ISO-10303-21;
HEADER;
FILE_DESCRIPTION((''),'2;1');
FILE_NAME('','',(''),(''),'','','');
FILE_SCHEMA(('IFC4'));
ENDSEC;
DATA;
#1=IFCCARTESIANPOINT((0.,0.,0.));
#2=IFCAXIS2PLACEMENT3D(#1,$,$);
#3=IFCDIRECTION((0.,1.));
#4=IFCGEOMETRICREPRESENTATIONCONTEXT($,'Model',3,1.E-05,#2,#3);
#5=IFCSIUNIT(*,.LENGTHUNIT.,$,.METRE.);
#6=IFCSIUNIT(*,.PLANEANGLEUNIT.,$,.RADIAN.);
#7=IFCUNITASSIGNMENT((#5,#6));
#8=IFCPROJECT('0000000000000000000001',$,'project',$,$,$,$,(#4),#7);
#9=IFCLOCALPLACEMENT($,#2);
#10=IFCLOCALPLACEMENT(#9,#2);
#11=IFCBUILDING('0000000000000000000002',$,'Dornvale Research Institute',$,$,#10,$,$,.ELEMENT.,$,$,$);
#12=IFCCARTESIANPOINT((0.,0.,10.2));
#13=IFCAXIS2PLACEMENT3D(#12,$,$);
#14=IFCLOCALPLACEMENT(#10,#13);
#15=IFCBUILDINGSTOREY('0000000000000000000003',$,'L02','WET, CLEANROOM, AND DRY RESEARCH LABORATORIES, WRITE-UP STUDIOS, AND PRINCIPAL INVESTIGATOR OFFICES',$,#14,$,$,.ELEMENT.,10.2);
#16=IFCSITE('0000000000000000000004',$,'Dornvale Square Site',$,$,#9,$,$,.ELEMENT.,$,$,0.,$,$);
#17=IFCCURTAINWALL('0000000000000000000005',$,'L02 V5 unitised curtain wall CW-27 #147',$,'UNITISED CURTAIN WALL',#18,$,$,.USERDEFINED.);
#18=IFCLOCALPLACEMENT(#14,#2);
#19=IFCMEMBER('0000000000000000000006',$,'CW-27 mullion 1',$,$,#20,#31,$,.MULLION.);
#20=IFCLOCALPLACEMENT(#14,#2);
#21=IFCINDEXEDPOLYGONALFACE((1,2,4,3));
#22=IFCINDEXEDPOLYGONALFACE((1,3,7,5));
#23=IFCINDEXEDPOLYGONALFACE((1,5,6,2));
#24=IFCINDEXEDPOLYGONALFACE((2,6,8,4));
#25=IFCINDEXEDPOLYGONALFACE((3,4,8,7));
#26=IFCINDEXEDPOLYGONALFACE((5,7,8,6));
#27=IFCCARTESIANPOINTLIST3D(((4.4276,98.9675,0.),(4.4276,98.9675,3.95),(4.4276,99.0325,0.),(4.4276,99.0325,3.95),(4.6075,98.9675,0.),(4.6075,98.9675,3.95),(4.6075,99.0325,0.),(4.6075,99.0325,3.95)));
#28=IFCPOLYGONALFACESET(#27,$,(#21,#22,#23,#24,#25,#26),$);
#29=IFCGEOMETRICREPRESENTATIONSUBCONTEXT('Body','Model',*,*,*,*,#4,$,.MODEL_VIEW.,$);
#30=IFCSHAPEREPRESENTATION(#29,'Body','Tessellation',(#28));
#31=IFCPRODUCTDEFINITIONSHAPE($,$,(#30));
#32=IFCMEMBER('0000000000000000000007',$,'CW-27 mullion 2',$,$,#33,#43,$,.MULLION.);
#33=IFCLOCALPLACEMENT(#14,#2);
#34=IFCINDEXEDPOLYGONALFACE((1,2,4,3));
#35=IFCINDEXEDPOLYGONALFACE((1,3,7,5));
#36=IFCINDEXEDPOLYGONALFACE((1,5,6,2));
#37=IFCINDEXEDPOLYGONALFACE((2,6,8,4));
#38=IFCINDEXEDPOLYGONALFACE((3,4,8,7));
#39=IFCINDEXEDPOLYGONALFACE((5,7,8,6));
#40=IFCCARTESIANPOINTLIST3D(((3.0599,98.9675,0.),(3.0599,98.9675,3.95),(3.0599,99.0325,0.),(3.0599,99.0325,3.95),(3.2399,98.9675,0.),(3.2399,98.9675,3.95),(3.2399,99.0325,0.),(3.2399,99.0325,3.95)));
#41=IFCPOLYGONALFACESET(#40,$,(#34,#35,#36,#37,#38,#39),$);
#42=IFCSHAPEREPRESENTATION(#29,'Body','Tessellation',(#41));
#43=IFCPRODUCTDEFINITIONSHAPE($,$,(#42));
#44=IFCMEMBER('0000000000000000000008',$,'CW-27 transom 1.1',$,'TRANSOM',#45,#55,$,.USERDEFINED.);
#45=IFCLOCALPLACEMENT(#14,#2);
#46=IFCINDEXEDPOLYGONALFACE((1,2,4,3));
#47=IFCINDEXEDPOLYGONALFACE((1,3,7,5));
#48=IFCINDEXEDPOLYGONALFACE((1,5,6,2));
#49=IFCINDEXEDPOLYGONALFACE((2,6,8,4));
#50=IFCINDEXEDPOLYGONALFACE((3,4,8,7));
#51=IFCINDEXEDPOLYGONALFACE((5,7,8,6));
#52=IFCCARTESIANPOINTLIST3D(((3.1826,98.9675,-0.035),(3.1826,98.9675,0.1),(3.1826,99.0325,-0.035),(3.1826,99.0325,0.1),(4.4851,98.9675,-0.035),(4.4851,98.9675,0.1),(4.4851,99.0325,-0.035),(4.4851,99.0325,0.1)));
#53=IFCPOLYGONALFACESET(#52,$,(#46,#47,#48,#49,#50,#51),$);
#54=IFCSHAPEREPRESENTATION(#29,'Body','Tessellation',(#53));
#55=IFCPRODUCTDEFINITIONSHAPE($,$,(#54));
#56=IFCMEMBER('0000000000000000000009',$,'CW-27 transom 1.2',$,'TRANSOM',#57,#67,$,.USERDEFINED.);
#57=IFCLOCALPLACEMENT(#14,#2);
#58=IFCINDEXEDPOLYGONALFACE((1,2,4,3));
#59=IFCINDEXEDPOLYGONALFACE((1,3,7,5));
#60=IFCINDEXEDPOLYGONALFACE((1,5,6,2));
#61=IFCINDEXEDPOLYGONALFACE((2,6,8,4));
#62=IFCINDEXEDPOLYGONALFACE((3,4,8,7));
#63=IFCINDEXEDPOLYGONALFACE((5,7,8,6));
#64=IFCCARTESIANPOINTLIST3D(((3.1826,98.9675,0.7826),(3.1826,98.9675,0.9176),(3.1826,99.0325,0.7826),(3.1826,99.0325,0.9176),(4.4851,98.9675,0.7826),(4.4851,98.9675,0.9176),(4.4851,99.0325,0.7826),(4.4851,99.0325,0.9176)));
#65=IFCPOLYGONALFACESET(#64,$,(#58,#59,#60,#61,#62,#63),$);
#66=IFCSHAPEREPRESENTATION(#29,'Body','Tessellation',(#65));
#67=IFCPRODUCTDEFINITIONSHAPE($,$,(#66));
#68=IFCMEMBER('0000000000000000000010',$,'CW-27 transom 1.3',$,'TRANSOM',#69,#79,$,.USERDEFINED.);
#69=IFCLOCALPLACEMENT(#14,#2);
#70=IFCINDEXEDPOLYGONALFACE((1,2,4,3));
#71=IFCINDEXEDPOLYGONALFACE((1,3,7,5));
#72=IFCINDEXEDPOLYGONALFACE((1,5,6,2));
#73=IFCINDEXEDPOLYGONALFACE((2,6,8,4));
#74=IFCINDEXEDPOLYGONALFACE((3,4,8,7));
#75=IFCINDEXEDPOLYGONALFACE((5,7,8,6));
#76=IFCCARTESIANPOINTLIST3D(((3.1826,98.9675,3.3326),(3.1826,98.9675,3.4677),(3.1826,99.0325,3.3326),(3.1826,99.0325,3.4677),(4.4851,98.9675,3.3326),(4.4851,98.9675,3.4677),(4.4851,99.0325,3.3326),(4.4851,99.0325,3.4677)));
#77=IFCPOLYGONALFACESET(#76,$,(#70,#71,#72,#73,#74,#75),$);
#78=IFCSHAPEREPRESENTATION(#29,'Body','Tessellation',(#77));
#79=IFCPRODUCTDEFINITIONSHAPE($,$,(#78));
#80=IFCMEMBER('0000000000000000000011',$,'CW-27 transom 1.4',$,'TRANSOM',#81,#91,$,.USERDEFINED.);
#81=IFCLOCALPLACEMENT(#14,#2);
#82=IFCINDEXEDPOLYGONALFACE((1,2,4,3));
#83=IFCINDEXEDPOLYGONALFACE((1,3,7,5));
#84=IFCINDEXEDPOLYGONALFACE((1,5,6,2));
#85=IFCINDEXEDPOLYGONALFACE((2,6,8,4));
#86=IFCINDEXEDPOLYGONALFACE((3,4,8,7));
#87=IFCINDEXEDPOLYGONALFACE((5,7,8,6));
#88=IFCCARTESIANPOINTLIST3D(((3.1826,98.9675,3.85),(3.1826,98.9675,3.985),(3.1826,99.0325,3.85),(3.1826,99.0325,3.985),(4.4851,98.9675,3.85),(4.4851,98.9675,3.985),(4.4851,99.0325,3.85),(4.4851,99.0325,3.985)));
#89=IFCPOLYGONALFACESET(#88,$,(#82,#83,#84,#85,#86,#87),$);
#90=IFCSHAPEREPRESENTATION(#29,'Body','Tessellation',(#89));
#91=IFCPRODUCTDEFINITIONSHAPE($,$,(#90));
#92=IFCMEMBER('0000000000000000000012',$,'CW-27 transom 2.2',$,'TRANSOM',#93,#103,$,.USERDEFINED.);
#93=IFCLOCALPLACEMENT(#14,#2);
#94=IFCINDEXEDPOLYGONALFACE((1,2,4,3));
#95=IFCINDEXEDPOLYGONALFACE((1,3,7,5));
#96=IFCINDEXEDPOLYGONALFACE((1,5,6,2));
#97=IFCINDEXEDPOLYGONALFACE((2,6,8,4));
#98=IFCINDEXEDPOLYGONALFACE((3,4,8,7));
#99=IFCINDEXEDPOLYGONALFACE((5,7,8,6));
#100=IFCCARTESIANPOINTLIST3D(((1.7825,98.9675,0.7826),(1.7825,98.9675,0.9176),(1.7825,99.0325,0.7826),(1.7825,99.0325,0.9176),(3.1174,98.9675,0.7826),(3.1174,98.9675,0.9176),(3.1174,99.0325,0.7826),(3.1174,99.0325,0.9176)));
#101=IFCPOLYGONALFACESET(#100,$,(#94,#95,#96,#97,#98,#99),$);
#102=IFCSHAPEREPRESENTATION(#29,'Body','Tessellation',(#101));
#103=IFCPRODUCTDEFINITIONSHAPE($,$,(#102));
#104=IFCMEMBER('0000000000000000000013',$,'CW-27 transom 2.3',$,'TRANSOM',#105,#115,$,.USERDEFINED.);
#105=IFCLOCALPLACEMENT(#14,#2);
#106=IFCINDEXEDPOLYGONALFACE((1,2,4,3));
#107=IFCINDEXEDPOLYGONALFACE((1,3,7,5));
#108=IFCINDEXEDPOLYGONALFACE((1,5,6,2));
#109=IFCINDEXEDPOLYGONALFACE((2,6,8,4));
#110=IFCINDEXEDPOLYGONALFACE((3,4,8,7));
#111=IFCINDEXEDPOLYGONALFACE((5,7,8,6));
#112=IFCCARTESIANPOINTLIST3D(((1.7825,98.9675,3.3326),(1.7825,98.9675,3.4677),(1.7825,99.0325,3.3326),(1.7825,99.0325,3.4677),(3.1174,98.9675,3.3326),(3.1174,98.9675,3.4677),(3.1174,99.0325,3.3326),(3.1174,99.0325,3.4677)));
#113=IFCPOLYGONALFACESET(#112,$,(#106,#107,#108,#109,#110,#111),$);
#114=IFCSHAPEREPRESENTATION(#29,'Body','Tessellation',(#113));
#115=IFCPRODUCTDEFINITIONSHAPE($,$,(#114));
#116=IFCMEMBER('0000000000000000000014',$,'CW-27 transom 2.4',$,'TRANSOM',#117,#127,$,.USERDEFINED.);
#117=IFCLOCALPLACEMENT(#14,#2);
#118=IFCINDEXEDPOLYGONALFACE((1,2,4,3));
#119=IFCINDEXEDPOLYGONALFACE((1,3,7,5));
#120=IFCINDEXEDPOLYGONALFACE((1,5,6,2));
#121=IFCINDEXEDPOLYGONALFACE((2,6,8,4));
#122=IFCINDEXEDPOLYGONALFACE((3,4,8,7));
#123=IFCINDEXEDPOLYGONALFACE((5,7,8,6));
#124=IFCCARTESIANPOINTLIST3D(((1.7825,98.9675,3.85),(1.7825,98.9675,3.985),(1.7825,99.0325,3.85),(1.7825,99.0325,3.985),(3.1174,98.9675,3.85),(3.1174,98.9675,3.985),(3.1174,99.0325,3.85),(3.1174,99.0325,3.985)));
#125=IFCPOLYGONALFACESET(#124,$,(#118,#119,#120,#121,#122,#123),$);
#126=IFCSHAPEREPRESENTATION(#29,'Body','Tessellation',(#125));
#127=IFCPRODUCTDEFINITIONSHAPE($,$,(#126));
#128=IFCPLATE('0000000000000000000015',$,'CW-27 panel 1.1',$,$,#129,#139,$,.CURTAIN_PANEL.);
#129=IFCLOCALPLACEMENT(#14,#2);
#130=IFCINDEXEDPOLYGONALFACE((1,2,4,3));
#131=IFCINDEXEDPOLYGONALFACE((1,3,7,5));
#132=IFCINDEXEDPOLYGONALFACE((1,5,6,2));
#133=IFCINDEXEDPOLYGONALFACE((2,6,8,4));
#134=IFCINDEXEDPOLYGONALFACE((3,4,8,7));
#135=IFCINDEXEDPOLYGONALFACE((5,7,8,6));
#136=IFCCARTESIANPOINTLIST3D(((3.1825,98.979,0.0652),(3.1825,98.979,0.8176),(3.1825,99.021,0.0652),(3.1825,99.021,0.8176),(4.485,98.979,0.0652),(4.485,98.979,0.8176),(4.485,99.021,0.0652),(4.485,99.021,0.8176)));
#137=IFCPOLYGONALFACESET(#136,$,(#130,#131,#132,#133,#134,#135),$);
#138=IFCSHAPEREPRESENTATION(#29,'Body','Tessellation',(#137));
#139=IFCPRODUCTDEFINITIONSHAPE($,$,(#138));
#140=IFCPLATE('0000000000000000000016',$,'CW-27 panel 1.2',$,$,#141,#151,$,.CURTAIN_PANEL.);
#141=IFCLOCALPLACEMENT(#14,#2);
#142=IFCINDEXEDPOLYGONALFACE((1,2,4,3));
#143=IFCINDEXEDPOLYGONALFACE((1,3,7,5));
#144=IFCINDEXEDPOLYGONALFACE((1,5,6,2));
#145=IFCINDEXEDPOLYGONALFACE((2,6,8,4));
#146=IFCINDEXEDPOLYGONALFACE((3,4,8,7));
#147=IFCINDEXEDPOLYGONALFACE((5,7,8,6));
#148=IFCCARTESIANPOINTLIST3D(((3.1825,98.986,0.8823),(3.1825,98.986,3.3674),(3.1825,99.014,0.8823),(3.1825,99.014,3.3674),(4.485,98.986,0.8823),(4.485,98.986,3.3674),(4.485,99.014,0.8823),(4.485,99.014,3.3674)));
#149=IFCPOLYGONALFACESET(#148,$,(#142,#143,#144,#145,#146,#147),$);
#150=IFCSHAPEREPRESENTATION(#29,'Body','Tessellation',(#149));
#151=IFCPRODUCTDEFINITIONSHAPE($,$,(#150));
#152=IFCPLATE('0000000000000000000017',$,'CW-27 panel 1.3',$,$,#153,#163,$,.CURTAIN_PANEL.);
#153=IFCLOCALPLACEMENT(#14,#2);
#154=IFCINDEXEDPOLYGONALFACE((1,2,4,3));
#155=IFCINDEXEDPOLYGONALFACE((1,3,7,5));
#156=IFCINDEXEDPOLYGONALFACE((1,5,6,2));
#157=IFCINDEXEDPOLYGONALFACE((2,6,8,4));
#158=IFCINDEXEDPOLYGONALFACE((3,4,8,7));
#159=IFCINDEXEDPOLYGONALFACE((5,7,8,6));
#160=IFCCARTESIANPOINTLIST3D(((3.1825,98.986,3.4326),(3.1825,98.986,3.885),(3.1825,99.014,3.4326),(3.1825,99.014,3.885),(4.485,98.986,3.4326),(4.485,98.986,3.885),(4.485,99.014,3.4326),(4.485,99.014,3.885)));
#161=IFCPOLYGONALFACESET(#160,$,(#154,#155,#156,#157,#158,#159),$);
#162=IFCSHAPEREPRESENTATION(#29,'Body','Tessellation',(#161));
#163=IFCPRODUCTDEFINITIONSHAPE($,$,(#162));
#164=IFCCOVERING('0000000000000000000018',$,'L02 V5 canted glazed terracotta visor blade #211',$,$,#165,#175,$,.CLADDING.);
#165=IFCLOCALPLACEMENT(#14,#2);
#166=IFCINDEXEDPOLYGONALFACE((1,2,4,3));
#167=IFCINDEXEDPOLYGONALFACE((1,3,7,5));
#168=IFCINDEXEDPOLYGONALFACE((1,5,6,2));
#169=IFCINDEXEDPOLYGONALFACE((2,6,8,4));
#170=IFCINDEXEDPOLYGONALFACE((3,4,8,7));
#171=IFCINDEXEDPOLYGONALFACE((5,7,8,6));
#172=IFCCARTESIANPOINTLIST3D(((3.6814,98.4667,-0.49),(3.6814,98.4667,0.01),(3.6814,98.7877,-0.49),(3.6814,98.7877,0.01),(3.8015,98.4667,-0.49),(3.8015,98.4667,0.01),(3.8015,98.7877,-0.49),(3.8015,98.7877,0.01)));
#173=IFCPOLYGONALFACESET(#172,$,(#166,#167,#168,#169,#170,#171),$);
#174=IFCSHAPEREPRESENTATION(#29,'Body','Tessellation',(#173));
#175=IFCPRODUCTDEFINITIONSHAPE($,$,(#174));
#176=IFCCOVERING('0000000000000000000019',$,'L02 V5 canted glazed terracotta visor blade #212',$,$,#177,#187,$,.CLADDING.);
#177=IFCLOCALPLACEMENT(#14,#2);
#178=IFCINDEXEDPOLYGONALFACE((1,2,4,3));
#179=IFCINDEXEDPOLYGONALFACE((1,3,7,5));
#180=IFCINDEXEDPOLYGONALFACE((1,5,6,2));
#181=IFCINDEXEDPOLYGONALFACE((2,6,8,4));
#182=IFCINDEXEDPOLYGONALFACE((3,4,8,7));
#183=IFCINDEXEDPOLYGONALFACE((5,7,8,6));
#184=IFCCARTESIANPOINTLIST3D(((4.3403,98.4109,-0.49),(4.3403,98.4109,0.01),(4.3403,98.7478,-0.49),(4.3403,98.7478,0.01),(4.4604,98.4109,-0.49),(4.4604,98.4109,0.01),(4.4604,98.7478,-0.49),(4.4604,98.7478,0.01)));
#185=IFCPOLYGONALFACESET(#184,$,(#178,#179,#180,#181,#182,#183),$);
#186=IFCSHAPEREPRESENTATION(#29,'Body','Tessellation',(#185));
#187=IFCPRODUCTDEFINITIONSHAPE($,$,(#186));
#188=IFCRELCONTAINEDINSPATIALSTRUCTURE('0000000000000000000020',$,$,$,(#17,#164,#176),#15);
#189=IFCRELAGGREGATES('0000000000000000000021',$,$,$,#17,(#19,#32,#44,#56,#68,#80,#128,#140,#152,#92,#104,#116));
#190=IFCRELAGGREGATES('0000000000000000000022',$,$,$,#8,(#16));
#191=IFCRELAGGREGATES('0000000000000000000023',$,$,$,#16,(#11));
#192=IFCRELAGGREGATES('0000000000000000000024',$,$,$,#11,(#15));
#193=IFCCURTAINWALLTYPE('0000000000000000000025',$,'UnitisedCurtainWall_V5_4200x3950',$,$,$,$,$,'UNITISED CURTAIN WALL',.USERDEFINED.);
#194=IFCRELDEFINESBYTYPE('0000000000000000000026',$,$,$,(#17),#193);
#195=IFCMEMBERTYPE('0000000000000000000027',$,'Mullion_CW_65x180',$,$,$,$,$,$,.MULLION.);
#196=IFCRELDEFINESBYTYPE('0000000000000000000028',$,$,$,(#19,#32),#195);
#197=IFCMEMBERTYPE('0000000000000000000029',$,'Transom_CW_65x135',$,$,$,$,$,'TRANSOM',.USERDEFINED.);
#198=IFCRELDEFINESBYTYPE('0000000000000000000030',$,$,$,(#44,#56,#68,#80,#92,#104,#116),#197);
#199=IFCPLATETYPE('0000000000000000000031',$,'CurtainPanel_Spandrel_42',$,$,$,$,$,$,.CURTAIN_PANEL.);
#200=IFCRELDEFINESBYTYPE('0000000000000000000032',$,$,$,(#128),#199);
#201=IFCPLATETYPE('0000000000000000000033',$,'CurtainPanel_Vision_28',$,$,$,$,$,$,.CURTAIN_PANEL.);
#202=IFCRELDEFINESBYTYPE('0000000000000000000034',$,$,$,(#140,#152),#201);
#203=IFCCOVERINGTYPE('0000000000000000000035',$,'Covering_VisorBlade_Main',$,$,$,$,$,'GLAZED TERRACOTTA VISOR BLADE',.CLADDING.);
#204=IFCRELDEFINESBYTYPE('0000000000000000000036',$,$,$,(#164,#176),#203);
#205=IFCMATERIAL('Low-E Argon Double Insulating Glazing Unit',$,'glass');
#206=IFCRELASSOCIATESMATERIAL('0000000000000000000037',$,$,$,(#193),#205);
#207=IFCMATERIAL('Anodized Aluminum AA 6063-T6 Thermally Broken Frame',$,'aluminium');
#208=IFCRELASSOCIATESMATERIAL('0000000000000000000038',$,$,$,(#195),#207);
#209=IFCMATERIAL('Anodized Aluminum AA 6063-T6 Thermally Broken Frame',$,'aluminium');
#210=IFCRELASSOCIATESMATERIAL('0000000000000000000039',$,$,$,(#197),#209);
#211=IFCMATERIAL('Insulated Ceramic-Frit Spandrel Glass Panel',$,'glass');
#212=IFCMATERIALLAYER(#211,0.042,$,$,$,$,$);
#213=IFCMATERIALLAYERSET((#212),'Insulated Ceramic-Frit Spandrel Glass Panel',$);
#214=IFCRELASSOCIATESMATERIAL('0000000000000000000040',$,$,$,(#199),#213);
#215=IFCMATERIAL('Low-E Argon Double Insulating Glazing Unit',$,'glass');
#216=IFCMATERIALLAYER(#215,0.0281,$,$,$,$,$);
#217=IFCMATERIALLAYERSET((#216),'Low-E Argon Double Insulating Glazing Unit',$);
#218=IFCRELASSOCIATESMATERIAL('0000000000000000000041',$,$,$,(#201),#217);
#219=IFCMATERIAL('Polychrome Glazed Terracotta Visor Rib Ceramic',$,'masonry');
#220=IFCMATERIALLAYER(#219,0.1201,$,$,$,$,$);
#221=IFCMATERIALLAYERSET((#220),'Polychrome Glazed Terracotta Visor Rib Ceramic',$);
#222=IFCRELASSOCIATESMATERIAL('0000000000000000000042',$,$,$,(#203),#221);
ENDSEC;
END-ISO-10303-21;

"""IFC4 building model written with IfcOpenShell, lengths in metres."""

from ifc_helpers import new_model, si_unit, direction, frame, origin, origin_2d, place, context, subcontext, project, spatial, rectangle, extrude, material, layer, layer_set, material_profile, profile_set, type_object, element, aggregate, save


model = new_model("IFC4")

# Units and contexts
model_context = context("Model", 3, precision=1e-05, world=origin(), true_north=direction((0.0, 1.0)))
body_context = subcontext(model_context, "Body", "Model", "MODEL_VIEW")
ifc_project = project(units=[si_unit("LENGTHUNIT", "METRE"), si_unit("PLANEANGLEUNIT", "RADIAN")], contexts=[model_context])

# Site, building, storey
site_placement = place(None, origin())
site = spatial("IfcSite", under=ifc_project, at=site_placement, Name="Dornvale Square Site", CompositionType="ELEMENT", RefElevation=0.0)
building_placement = place(site_placement, origin())
building = spatial("IfcBuilding", under=site, at=building_placement, Name="Dornvale Research Institute", CompositionType="ELEMENT")
storey_placement = place(building_placement, frame((0.0, 0.0, 10.2)))
storey = spatial("IfcBuildingStorey", under=building, at=storey_placement, Name="L02", Description="WET, CLEANROOM, AND DRY RESEARCH LABORATORIES, WRITE-UP STUDIOS, AND PRINCIPAL INVESTIGATOR OFFICES", CompositionType="ELEMENT", Elevation=10.2)

# Curtain wall, members, plates
ifc_material_1 = material(Name="Low-E Argon Double Insulating Glazing Unit", Category="glass")
curtain_wall_type = type_object("IfcCurtainWallType", Name="UnitisedCurtainWall_V5_4200x3950", ElementType="UNITISED CURTAIN WALL", PredefinedType="USERDEFINED", material=ifc_material_1)
curtain_wall_placement = place(storey_placement, origin())
curtain_wall = element("IfcCurtainWall", 1, at=curtain_wall_placement, inside=storey, type_object=curtain_wall_type, Name="L02 V5 unitised curtain wall CW-27 #147", ObjectType="UNITISED CURTAIN WALL", PredefinedType="USERDEFINED")
ifc_material_2 = material(Name="Anodized Aluminum AA 6063-T6 Thermally Broken Frame", Category="aluminium")
ifc_material_profile_1 = material_profile(ifc_material_2, rectangle(XDim=0.0649, YDim=0.1799, at=origin_2d()), Name="ALU MULLION 65x180")
ifc_profile_set_1 = profile_set([ifc_material_profile_1], Name="Anodized Aluminum AA 6063-T6 Thermally Broken Frame")
member_type_1 = type_object("IfcMemberType", Name="Mullion_CW_65x180", PredefinedType="MULLION", material=ifc_profile_set_1)
member_1_placement = place(storey_placement, frame((4.5176, 99.0, 0.0), z_axis=(0.0, 0.0, 1.0), x_axis=(0.0, -1.0, 0.0)))
member_1 = element("IfcMember", 2, at=member_1_placement, type_object=member_type_1, Name="CW-27 mullion 1", PredefinedType="MULLION", context=body_context, shape_type="SweptSolid", body=[
    extrude(rectangle(XDim=0.0649, YDim=0.1799, at=origin_2d()), origin(), (0.0, 0.0, 1.0), 3.95),
])
member_2_placement = place(storey_placement, frame((3.1499, 99.0, 0.0), z_axis=(0.0, 0.0, 1.0), x_axis=(0.0, -1.0, 0.0)))
member_2 = element("IfcMember", 3, at=member_2_placement, type_object=member_type_1, Name="CW-27 mullion 2", PredefinedType="MULLION", context=body_context, shape_type="SweptSolid", body=[
    extrude(rectangle(XDim=0.0649, YDim=0.1799, at=origin_2d()), origin(), (0.0, 0.0, 1.0), 3.95),
])
ifc_material_3 = material(Name="Anodized Aluminum AA 6063-T6 Thermally Broken Frame", Category="aluminium")
ifc_material_profile_2 = material_profile(ifc_material_3, rectangle(XDim=0.0649, YDim=0.135, at=origin_2d()), Name="ALU TRANSOM 65x135")
ifc_profile_set_2 = profile_set([ifc_material_profile_2], Name="Anodized Aluminum AA 6063-T6 Thermally Broken Frame")
member_type_2 = type_object("IfcMemberType", Name="Transom_CW_65x135", ElementType="TRANSOM", PredefinedType="USERDEFINED", material=ifc_profile_set_2)
member_3_placement = place(storey_placement, frame((4.4851, 99.0, 0.0325), z_axis=(-1.0, 0.0, 0.0), x_axis=(0.0, -1.0, 0.0)))
member_3 = element("IfcMember", 4, at=member_3_placement, type_object=member_type_2, Name="CW-27 transom 1.1", ObjectType="TRANSOM", PredefinedType="USERDEFINED", context=body_context, shape_type="SweptSolid", body=[
    extrude(rectangle(XDim=0.0649, YDim=0.135, at=origin_2d()), origin(), (0.0, 0.0, 1.0), 1.3025),
])
member_4_placement = place(storey_placement, frame((4.4851, 99.0, 0.8501), z_axis=(-1.0, 0.0, 0.0), x_axis=(0.0, -1.0, 0.0)))
member_4 = element("IfcMember", 5, at=member_4_placement, type_object=member_type_2, Name="CW-27 transom 1.2", ObjectType="TRANSOM", PredefinedType="USERDEFINED", context=body_context, shape_type="SweptSolid", body=[
    extrude(rectangle(XDim=0.0649, YDim=0.135, at=origin_2d()), origin(), (0.0, 0.0, 1.0), 1.3025),
])
member_5_placement = place(storey_placement, frame((4.4851, 99.0, 3.4001), z_axis=(-1.0, 0.0, 0.0), x_axis=(0.0, -1.0, 0.0)))
member_5 = element("IfcMember", 6, at=member_5_placement, type_object=member_type_2, Name="CW-27 transom 1.3", ObjectType="TRANSOM", PredefinedType="USERDEFINED", context=body_context, shape_type="SweptSolid", body=[
    extrude(rectangle(XDim=0.0649, YDim=0.135, at=origin_2d()), origin(), (0.0, 0.0, 1.0), 1.3025),
])
member_6_placement = place(storey_placement, frame((4.4851, 99.0, 3.9175), z_axis=(-1.0, 0.0, 0.0), x_axis=(0.0, -1.0, 0.0)))
member_6 = element("IfcMember", 7, at=member_6_placement, type_object=member_type_2, Name="CW-27 transom 1.4", ObjectType="TRANSOM", PredefinedType="USERDEFINED", context=body_context, shape_type="SweptSolid", body=[
    extrude(rectangle(XDim=0.0649, YDim=0.135, at=origin_2d()), origin(), (0.0, 0.0, 1.0), 1.3025),
])
member_7_placement = place(storey_placement, frame((3.1174, 99.0, 0.8501), z_axis=(-1.0, 0.0, 0.0), x_axis=(0.0, -1.0, 0.0)))
member_7 = element("IfcMember", 8, at=member_7_placement, type_object=member_type_2, Name="CW-27 transom 2.2", ObjectType="TRANSOM", PredefinedType="USERDEFINED", context=body_context, shape_type="SweptSolid", body=[
    extrude(rectangle(XDim=0.0649, YDim=0.135, at=origin_2d()), origin(), (0.0, 0.0, 1.0), 1.335),
])
member_8_placement = place(storey_placement, frame((3.1174, 99.0, 3.4001), z_axis=(-1.0, 0.0, 0.0), x_axis=(0.0, -1.0, 0.0)))
member_8 = element("IfcMember", 9, at=member_8_placement, type_object=member_type_2, Name="CW-27 transom 2.3", ObjectType="TRANSOM", PredefinedType="USERDEFINED", context=body_context, shape_type="SweptSolid", body=[
    extrude(rectangle(XDim=0.0649, YDim=0.135, at=origin_2d()), origin(), (0.0, 0.0, 1.0), 1.335),
])
member_9_placement = place(storey_placement, frame((3.1174, 99.0, 3.9175), z_axis=(-1.0, 0.0, 0.0), x_axis=(0.0, -1.0, 0.0)))
member_9 = element("IfcMember", 10, at=member_9_placement, type_object=member_type_2, Name="CW-27 transom 2.4", ObjectType="TRANSOM", PredefinedType="USERDEFINED", context=body_context, shape_type="SweptSolid", body=[
    extrude(rectangle(XDim=0.0649, YDim=0.135, at=origin_2d()), origin(), (0.0, 0.0, 1.0), 1.335),
])
ifc_material_4 = material(Name="Insulated Ceramic-Frit Spandrel Glass Panel", Category="glass")
ifc_layer_1 = layer(ifc_material_4, 0.042)
ifc_layer_set_1 = layer_set([ifc_layer_1], Name="Insulated Ceramic-Frit Spandrel Glass Panel")
plate_type_1 = type_object("IfcPlateType", Name="CurtainPanel_Spandrel_42", PredefinedType="CURTAIN_PANEL", material=ifc_layer_set_1)
plate_1_placement = place(storey_placement, frame((3.8337, 99.0, 0.0652), z_axis=(0.0, 0.0, 1.0), x_axis=(-1.0, 0.0, 0.0)))
plate_1 = element("IfcPlate", 11, at=plate_1_placement, type_object=plate_type_1, Name="CW-27 panel 1.1", PredefinedType="CURTAIN_PANEL", context=body_context, shape_type="SweptSolid", body=[
    extrude(rectangle(XDim=1.3025, YDim=0.042, at=origin_2d()), origin(), (0.0, 0.0, 1.0), 0.7524),
])
ifc_material_5 = material(Name="Low-E Argon Double Insulating Glazing Unit", Category="glass")
ifc_layer_2 = layer(ifc_material_5, 0.0281)
ifc_layer_set_2 = layer_set([ifc_layer_2], Name="Low-E Argon Double Insulating Glazing Unit")
plate_type_2 = type_object("IfcPlateType", Name="CurtainPanel_Vision_28", PredefinedType="CURTAIN_PANEL", material=ifc_layer_set_2)
plate_2_placement = place(storey_placement, frame((3.8337, 99.0, 0.8823), z_axis=(0.0, 0.0, 1.0), x_axis=(-1.0, 0.0, 0.0)))
plate_2 = element("IfcPlate", 12, at=plate_2_placement, type_object=plate_type_2, Name="CW-27 panel 1.2", PredefinedType="CURTAIN_PANEL", context=body_context, shape_type="SweptSolid", body=[
    extrude(rectangle(XDim=1.3025, YDim=0.0281, at=origin_2d()), origin(), (0.0, 0.0, 1.0), 2.4851),
])
plate_3_placement = place(storey_placement, frame((3.8337, 99.0, 3.4326), z_axis=(0.0, 0.0, 1.0), x_axis=(-1.0, 0.0, 0.0)))
plate_3 = element("IfcPlate", 13, at=plate_3_placement, type_object=plate_type_2, Name="CW-27 panel 1.3", PredefinedType="CURTAIN_PANEL", context=body_context, shape_type="SweptSolid", body=[
    extrude(rectangle(XDim=1.3025, YDim=0.0281, at=origin_2d()), origin(), (0.0, 0.0, 1.0), 0.4524),
])
aggregate(curtain_wall, [member_1, member_2, member_3, member_4, member_5, member_6, plate_1, plate_2, plate_3, member_7, member_8, member_9])

# Coverings
ifc_material_6 = material(Name="Polychrome Glazed Terracotta Visor Rib Ceramic", Category="masonry")
ifc_layer_3 = layer(ifc_material_6, 0.1201)
ifc_layer_set_3 = layer_set([ifc_layer_3], Name="Polychrome Glazed Terracotta Visor Rib Ceramic")
covering_type = type_object("IfcCoveringType", Name="Covering_VisorBlade_Main", ElementType="GLAZED TERRACOTTA VISOR BLADE", PredefinedType="CLADDING", material=ifc_layer_set_3)
covering_1_placement = place(storey_placement, frame((3.7415, 98.6272, -0.49), z_axis=(0.0, 0.0, 1.0), x_axis=(0.0, 1.0, 0.0)))
element("IfcCovering", 14, at=covering_1_placement, inside=storey, type_object=covering_type, Name="L02 V5 canted glazed terracotta visor blade #211", PredefinedType="CLADDING", context=body_context, shape_type="SweptSolid", body=[
    extrude(rectangle(XDim=0.321, YDim=0.1201, at=origin_2d()), origin(), (0.0, 0.0, 1.0), 0.5),
])
covering_2_placement = place(storey_placement, frame((4.4004, 98.5793, -0.49), z_axis=(0.0, 0.0, 1.0), x_axis=(0.0, 1.0, 0.0)))
element("IfcCovering", 15, at=covering_2_placement, inside=storey, type_object=covering_type, Name="L02 V5 canted glazed terracotta visor blade #212", PredefinedType="CLADDING", context=body_context, shape_type="SweptSolid", body=[
    extrude(rectangle(XDim=0.3369, YDim=0.1201, at=origin_2d()), origin(), (0.0, 0.0, 1.0), 0.5),
])

save(model, "model.ifc")
